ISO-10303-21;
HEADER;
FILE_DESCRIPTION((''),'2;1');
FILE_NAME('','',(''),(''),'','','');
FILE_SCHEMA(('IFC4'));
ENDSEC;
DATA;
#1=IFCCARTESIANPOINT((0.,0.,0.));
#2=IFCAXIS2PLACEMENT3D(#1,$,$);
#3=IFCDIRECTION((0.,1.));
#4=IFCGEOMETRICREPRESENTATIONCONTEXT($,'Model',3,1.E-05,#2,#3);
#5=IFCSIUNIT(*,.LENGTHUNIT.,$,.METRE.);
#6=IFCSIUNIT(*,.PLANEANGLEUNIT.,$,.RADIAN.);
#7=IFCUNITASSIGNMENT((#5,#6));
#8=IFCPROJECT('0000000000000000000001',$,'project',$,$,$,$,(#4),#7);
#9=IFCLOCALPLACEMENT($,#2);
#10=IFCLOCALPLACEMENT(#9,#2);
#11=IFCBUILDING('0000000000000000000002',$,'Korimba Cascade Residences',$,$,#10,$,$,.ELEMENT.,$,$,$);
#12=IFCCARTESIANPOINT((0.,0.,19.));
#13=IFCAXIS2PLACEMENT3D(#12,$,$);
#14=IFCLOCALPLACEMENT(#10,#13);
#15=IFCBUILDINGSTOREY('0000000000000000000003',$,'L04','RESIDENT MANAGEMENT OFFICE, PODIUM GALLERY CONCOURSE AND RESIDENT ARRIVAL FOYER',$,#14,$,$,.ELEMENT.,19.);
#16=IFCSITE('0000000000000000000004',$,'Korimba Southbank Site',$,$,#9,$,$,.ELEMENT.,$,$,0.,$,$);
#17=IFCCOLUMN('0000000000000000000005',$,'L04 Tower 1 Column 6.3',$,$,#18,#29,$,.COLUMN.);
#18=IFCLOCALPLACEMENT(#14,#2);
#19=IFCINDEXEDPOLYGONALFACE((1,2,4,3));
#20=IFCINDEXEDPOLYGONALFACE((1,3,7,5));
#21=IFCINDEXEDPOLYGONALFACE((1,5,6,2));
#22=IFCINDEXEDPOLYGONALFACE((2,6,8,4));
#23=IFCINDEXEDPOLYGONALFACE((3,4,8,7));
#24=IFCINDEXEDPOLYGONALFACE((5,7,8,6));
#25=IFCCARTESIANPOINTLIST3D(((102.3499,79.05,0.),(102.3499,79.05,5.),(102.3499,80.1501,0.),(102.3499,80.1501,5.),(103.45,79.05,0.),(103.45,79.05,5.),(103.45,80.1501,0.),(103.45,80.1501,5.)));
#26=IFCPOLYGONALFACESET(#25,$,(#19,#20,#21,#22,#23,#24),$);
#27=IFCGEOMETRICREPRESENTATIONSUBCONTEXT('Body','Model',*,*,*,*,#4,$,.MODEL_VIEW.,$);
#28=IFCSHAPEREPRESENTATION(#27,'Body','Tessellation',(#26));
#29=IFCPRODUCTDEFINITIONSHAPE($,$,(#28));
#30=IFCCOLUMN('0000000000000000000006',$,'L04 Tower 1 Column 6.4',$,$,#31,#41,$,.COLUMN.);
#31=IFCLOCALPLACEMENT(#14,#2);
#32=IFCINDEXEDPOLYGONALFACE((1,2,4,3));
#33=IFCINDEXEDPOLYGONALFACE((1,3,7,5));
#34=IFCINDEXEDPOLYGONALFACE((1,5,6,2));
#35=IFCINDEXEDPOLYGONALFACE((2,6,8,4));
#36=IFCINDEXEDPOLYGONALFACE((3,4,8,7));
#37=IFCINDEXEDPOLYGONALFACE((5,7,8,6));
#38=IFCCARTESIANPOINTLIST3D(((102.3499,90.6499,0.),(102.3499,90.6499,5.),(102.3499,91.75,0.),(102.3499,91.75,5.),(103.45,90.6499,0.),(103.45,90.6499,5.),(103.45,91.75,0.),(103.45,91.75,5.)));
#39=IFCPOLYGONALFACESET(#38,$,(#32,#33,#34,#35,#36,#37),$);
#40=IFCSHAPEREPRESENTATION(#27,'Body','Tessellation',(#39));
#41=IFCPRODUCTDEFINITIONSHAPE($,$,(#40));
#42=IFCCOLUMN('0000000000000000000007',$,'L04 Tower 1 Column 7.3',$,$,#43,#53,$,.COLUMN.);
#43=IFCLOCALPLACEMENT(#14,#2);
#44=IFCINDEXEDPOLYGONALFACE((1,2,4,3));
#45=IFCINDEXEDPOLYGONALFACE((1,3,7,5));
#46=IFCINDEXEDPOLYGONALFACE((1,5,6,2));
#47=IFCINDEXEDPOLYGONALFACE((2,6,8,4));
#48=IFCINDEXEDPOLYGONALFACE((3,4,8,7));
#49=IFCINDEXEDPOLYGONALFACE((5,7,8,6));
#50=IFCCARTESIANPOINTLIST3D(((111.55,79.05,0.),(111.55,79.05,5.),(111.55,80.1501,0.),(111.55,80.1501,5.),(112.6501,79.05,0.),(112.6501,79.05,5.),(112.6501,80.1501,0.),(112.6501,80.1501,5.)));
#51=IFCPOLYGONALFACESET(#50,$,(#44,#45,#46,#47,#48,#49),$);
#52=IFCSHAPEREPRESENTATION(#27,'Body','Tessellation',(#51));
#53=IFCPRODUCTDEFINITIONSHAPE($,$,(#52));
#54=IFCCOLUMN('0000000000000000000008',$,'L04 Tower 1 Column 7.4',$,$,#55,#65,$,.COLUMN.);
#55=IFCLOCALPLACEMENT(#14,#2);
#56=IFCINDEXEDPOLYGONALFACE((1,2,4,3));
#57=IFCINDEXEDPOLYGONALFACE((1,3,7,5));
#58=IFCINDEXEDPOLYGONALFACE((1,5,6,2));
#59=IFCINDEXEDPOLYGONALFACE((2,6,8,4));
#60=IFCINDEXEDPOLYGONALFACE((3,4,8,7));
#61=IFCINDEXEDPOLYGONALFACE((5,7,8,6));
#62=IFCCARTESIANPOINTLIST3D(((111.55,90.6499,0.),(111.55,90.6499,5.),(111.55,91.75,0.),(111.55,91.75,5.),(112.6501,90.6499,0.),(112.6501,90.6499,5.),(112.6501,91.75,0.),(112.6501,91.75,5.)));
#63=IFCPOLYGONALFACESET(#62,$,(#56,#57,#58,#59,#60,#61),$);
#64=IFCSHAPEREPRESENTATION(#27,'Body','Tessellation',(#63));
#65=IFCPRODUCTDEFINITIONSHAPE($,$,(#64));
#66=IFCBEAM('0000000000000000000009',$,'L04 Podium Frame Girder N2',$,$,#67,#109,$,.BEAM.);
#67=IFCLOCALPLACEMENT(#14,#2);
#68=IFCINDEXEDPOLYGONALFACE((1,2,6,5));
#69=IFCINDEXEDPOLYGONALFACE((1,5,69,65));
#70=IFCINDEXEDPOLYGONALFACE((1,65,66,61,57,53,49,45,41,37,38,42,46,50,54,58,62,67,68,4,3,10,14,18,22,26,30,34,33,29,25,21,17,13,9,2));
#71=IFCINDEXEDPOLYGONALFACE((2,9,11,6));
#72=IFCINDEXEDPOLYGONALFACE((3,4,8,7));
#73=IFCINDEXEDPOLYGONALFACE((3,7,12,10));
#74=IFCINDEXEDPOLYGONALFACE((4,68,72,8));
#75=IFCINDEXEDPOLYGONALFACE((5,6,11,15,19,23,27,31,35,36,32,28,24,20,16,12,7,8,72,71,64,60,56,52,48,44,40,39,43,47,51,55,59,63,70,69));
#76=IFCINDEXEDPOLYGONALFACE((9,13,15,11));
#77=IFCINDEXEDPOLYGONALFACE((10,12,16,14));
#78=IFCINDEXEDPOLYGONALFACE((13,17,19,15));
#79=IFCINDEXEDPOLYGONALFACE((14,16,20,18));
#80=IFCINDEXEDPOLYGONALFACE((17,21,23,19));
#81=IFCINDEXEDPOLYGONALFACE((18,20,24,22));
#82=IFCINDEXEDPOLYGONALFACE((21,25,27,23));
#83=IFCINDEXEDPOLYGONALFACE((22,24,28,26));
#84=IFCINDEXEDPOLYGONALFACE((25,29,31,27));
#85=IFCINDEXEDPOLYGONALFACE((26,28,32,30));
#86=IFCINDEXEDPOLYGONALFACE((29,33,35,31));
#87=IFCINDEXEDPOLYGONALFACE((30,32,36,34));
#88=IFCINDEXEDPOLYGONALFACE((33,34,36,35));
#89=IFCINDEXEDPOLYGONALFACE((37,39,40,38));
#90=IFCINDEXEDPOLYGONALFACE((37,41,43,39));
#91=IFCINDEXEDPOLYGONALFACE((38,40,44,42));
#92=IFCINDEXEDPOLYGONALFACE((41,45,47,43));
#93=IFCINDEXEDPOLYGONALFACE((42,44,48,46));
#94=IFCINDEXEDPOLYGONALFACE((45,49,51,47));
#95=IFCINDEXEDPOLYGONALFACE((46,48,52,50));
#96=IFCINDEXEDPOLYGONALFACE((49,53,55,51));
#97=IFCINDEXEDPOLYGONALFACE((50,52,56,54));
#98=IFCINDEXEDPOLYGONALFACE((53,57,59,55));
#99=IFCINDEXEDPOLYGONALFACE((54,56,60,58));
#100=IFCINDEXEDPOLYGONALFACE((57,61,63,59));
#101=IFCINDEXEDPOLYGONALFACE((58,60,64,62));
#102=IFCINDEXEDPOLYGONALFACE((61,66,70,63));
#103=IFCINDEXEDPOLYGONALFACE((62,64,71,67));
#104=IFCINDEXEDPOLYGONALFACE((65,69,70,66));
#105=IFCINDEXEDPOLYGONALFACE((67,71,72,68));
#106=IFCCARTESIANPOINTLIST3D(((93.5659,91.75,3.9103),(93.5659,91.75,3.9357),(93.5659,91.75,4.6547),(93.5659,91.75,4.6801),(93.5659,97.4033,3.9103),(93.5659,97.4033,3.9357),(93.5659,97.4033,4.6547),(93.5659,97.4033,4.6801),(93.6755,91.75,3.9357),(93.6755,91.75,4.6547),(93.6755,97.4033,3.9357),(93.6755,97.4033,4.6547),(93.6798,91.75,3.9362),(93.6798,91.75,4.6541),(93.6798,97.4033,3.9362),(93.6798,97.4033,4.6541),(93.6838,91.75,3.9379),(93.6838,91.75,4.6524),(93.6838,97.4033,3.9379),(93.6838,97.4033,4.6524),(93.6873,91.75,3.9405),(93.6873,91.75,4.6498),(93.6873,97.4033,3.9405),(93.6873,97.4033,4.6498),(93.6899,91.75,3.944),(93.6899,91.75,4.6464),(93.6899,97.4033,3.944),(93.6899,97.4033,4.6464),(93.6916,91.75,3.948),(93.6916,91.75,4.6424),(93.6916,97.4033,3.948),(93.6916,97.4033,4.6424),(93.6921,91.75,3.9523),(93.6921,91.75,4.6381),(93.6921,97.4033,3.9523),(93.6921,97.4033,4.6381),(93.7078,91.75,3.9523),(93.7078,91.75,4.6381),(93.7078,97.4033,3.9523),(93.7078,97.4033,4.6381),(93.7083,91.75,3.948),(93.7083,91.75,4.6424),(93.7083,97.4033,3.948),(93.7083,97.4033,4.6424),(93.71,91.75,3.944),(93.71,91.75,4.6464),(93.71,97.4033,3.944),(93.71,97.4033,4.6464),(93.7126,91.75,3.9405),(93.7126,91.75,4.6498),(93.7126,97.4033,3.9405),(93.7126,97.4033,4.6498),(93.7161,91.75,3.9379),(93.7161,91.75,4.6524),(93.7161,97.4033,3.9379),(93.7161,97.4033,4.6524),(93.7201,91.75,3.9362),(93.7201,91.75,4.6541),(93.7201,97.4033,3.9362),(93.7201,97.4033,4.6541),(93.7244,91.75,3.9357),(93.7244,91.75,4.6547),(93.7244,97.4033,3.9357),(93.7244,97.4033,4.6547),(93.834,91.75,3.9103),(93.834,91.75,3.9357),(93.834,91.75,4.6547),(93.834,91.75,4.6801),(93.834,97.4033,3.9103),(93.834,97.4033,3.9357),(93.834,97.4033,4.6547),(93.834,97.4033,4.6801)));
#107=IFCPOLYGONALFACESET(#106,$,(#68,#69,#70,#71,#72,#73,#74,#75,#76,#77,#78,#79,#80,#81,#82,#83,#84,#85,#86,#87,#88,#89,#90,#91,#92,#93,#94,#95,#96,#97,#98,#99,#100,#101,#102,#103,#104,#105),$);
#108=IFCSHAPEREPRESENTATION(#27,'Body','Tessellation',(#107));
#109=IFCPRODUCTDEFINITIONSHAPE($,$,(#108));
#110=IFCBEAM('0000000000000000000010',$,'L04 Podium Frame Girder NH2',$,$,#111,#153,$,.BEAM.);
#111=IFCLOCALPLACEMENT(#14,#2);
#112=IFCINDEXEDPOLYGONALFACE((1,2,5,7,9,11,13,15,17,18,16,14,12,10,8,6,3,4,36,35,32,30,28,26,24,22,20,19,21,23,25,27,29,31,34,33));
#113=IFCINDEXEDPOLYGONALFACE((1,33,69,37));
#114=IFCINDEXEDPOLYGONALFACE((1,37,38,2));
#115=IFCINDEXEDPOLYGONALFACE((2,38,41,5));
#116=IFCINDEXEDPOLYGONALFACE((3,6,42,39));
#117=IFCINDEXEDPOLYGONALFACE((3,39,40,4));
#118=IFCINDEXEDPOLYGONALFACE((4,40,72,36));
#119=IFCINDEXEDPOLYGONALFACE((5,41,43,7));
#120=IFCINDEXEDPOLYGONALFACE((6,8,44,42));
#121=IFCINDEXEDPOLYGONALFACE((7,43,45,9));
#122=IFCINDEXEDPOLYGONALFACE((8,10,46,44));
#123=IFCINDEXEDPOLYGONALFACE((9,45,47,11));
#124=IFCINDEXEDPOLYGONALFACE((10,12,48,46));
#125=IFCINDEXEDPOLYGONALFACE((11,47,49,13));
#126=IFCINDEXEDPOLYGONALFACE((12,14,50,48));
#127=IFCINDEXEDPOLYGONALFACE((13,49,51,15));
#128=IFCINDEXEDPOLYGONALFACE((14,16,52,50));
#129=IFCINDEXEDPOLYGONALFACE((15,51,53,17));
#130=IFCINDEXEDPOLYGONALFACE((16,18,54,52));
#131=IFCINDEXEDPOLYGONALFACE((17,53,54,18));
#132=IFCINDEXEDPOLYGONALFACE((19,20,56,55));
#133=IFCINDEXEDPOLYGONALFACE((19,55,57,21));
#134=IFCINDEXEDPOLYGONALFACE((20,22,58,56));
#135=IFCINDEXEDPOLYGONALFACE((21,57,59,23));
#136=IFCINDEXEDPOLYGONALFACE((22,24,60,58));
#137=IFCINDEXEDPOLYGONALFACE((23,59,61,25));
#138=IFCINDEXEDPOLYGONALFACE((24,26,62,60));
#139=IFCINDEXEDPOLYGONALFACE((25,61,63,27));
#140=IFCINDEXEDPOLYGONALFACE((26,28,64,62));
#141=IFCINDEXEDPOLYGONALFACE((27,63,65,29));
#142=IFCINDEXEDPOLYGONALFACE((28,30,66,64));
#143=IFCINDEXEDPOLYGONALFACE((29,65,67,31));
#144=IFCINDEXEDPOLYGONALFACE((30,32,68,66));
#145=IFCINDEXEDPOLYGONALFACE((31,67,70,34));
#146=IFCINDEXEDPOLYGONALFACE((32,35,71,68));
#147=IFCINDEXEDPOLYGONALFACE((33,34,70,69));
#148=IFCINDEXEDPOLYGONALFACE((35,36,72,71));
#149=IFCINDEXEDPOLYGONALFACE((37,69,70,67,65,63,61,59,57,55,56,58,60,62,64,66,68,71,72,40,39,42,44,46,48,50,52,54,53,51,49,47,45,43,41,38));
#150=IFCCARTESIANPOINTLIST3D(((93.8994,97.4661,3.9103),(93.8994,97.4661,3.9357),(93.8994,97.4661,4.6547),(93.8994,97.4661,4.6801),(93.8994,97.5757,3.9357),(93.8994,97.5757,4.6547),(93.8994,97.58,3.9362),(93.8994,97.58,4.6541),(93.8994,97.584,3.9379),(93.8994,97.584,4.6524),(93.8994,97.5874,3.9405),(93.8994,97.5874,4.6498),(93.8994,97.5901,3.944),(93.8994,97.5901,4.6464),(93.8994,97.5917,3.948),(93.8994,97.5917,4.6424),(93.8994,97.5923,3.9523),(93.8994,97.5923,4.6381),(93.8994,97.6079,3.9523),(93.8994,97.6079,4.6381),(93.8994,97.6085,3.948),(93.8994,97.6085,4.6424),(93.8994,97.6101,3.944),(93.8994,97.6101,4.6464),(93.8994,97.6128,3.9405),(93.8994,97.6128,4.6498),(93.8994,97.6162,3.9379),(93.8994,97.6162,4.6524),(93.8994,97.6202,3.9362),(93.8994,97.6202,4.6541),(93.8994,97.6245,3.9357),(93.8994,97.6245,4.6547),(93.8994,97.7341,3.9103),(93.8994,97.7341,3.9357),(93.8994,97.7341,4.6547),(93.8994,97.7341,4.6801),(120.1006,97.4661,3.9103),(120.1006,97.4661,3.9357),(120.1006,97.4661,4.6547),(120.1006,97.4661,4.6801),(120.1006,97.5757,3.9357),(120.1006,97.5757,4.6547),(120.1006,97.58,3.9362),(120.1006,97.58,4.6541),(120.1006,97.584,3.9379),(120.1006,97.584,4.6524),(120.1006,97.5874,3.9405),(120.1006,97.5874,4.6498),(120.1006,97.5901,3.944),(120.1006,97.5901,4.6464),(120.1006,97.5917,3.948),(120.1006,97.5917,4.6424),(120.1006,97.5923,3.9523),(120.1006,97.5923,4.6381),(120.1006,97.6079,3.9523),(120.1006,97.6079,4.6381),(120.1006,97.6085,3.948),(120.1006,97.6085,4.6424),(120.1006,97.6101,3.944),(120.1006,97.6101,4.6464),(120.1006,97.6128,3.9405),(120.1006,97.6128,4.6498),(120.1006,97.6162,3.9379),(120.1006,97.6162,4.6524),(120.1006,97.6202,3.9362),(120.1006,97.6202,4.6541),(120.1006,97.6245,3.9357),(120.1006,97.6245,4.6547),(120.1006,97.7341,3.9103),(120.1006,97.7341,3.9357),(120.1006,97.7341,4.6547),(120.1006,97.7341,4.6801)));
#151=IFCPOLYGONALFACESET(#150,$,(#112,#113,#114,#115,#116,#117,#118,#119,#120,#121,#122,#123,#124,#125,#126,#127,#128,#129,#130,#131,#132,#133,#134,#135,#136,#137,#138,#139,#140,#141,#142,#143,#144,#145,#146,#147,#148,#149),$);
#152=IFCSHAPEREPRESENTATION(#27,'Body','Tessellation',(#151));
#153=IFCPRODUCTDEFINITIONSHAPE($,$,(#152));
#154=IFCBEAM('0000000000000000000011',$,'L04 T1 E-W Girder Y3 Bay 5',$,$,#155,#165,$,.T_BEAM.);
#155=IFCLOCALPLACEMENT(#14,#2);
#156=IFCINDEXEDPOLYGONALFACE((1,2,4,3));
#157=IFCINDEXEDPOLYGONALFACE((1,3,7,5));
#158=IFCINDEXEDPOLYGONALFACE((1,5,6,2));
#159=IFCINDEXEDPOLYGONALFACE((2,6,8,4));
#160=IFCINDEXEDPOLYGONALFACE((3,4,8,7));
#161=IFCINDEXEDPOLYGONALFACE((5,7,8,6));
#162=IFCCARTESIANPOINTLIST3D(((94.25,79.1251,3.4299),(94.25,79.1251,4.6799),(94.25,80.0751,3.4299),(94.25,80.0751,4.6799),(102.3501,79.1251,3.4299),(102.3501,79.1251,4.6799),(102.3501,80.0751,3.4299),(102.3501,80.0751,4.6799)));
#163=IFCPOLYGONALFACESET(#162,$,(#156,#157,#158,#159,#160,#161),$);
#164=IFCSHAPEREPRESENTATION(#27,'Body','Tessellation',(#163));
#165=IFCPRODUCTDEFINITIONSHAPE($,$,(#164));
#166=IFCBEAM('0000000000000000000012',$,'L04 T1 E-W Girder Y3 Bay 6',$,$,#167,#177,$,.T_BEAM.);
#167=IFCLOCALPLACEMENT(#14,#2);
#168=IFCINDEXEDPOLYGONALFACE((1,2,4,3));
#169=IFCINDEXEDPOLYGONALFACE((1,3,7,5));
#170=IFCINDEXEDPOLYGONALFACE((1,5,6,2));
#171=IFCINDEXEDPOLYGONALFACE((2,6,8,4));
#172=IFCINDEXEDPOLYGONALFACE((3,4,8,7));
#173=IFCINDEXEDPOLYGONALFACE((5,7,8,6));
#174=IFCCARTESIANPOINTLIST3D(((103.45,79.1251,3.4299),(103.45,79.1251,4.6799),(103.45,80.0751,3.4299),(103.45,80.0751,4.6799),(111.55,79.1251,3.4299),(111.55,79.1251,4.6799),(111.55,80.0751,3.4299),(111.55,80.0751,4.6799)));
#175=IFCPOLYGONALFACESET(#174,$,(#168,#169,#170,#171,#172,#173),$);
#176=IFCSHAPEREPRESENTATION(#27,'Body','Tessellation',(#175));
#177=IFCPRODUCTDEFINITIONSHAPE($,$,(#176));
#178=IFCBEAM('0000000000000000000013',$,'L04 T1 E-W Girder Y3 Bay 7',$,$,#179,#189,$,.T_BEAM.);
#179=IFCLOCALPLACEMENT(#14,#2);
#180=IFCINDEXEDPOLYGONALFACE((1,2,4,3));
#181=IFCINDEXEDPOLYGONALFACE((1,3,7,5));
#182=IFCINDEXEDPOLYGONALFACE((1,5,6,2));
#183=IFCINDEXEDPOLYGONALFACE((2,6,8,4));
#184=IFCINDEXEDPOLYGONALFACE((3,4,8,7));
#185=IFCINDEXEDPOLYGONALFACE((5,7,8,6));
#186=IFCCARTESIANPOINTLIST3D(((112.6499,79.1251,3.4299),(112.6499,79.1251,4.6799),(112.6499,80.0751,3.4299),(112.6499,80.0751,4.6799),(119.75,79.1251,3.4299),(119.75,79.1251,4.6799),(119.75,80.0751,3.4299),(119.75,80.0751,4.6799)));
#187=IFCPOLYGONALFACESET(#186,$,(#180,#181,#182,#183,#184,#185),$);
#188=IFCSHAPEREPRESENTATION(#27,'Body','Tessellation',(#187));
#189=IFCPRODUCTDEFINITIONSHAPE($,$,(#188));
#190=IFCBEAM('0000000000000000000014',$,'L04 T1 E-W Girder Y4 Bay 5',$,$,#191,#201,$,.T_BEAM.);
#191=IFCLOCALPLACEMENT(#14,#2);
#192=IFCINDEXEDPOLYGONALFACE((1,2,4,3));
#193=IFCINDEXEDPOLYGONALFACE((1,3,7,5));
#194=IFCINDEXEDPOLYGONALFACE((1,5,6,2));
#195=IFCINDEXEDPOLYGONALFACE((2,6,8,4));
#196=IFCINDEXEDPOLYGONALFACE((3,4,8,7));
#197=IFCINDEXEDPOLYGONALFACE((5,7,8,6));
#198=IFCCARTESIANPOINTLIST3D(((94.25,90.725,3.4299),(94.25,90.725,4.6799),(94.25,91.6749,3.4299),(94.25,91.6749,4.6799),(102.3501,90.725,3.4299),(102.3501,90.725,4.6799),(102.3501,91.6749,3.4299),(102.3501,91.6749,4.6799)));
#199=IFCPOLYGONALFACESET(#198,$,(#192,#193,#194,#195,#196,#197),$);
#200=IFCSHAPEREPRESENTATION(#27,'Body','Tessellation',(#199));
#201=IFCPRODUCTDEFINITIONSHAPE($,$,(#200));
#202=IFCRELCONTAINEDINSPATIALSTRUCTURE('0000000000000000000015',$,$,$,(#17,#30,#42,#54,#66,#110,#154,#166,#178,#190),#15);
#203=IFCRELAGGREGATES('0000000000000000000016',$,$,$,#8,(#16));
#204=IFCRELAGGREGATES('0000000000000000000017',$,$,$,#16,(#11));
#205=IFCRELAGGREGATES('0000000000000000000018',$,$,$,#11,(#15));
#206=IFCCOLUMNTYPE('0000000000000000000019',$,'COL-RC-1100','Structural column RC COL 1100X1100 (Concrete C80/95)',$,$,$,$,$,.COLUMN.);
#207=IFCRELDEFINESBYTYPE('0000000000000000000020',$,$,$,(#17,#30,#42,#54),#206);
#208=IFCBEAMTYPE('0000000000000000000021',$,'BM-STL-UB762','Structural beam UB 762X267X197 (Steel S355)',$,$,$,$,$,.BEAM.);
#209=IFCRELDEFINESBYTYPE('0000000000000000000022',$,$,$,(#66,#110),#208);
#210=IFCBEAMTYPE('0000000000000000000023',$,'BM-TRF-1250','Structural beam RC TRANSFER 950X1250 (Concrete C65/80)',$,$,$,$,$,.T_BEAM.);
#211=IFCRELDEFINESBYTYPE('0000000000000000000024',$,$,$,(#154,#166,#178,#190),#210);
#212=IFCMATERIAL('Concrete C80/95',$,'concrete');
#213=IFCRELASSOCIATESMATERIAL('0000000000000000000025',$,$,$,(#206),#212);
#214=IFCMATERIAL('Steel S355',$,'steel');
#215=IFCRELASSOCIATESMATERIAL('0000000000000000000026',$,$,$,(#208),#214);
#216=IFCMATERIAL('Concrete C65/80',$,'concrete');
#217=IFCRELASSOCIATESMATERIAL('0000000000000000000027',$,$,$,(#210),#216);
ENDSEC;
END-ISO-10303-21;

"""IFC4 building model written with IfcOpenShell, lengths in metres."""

from ifc_helpers import new_model, si_unit, direction, frame, origin, origin_2d, place, context, subcontext, project, spatial, rectangle, i_section, extrude, material, material_profile, profile_set, type_object, element, save


model = new_model("IFC4")

# Units and contexts
model_context = context("Model", 3, precision=1e-05, world=origin(), true_north=direction((0.0, 1.0)))
body_context = subcontext(model_context, "Body", "Model", "MODEL_VIEW")
ifc_project = project(units=[si_unit("LENGTHUNIT", "METRE"), si_unit("PLANEANGLEUNIT", "RADIAN")], contexts=[model_context])

# Site, building, storey
site_placement = place(None, origin())
site = spatial("IfcSite", under=ifc_project, at=site_placement, Name="Korimba Southbank Site", CompositionType="ELEMENT", RefElevation=0.0)
building_placement = place(site_placement, origin())
building = spatial("IfcBuilding", under=site, at=building_placement, Name="Korimba Cascade Residences", CompositionType="ELEMENT")
storey_placement = place(building_placement, frame((0.0, 0.0, 19.0)))
storey = spatial("IfcBuildingStorey", under=building, at=storey_placement, Name="L04", Description="RESIDENT MANAGEMENT OFFICE, PODIUM GALLERY CONCOURSE AND RESIDENT ARRIVAL FOYER", CompositionType="ELEMENT", Elevation=19.0)

# Columns
ifc_material_1 = material(Name="Concrete C80/95", Category="concrete")
ifc_material_profile_1 = material_profile(ifc_material_1, rectangle(XDim=1.1001, YDim=1.1001, at=origin_2d()), Name="Concrete C80/95")
ifc_profile_set_1 = profile_set([ifc_material_profile_1], Name="Concrete C80/95")
column_type = type_object("IfcColumnType", Name="COL-RC-1100", Description="Structural column RC COL 1100X1100 (Concrete C80/95)", PredefinedType="COLUMN", material=ifc_profile_set_1)
for number, where, z_axis, x_axis, name in (
    (1, (102.8999, 79.6001, 0.0), (0.0, 0.0, 1.0), (1.0, 0.0, 0.0), "L04 Tower 1 Column 6.3"),
    (2, (102.8999, 91.2, 0.0), (0.0, 0.0, 1.0), (1.0, 0.0, 0.0), "L04 Tower 1 Column 6.4"),
    (3, (112.1001, 79.6001, 0.0), (0.0, 0.0, 1.0), (1.0, 0.0, 0.0), "L04 Tower 1 Column 7.3"),
    (4, (112.1001, 91.2, 0.0), (0.0, 0.0, 1.0), (1.0, 0.0, 0.0), "L04 Tower 1 Column 7.4"),
):
    element("IfcColumn", number, at=place(storey_placement, frame(where, z_axis=z_axis, x_axis=x_axis)), inside=storey, type_object=column_type, Name=name, PredefinedType="COLUMN", context=body_context, shape_type="SweptSolid", body=[
        extrude(rectangle(XDim=1.1001, YDim=1.1001, at=origin_2d()), origin(), (0.0, 0.0, 1.0), 5.0),
    ])

# Beams
ifc_material_2 = material(Name="Steel S355", Category="steel")
ifc_material_profile_2 = material_profile(ifc_material_2, i_section(OverallWidth=0.2681, OverallDepth=0.7698, WebThickness=0.0156, FlangeThickness=0.0254, FilletRadius=0.0166, at=origin_2d()), Name="Steel S355")
ifc_profile_set_2 = profile_set([ifc_material_profile_2], Name="Steel S355")
beam_type_1 = type_object("IfcBeamType", Name="BM-STL-UB762", Description="Structural beam UB 762X267X197 (Steel S355)", PredefinedType="BEAM", material=ifc_profile_set_2)
beam_1_placement = place(storey_placement, frame((93.7, 91.75, 4.2952), z_axis=(0.0, 1.0, 0.0), x_axis=(-1.0, 0.0, 0.0)))
element("IfcBeam", 5, at=beam_1_placement, inside=storey, type_object=beam_type_1, Name="L04 Podium Frame Girder N2", PredefinedType="BEAM", context=body_context, shape_type="SweptSolid", body=[
    extrude(i_section(OverallWidth=0.2681, OverallDepth=0.7698, WebThickness=0.0156, FlangeThickness=0.0254, FilletRadius=0.0166, at=origin_2d()), origin(), (0.0, 0.0, 1.0), 5.6533),
])
beam_2_placement = place(storey_placement, frame((93.8994, 97.6001, 4.2952), z_axis=(1.0, 0.0, 0.0), x_axis=(0.0, 1.0, 0.0)))
element("IfcBeam", 6, at=beam_2_placement, inside=storey, type_object=beam_type_1, Name="L04 Podium Frame Girder NH2", PredefinedType="BEAM", context=body_context, shape_type="SweptSolid", body=[
    extrude(i_section(OverallWidth=0.2681, OverallDepth=0.7698, WebThickness=0.0156, FlangeThickness=0.0254, FilletRadius=0.0166, at=origin_2d()), origin(), (0.0, 0.0, 1.0), 26.2012),
])
ifc_material_3 = material(Name="Concrete C65/80", Category="concrete")
ifc_material_profile_3 = material_profile(ifc_material_3, rectangle(XDim=0.95, YDim=1.25, at=origin_2d()), Name="Concrete C65/80")
ifc_profile_set_3 = profile_set([ifc_material_profile_3], Name="Concrete C65/80")
beam_type_2 = type_object("IfcBeamType", Name="BM-TRF-1250", Description="Structural beam RC TRANSFER 950X1250 (Concrete C65/80)", PredefinedType="T_BEAM", material=ifc_profile_set_3)
for number, where, z_axis, x_axis, name in (
    (7, (94.25, 79.6001, 4.0549), (1.0, 0.0, 0.0), (0.0, 1.0, 0.0), "L04 T1 E-W Girder Y3 Bay 5"),
    (8, (103.45, 79.6001, 4.0549), (1.0, 0.0, 0.0), (0.0, 1.0, 0.0), "L04 T1 E-W Girder Y3 Bay 6"),
):
    element("IfcBeam", number, at=place(storey_placement, frame(where, z_axis=z_axis, x_axis=x_axis)), inside=storey, type_object=beam_type_2, Name=name, PredefinedType="T_BEAM", context=body_context, shape_type="SweptSolid", body=[
        extrude(rectangle(XDim=0.95, YDim=1.25, at=origin_2d()), origin(), (0.0, 0.0, 1.0), 8.1001),
    ])
beam_3_placement = place(storey_placement, frame((112.6499, 79.6001, 4.0549), z_axis=(1.0, 0.0, 0.0), x_axis=(0.0, 1.0, 0.0)))
element("IfcBeam", 9, at=beam_3_placement, inside=storey, type_object=beam_type_2, Name="L04 T1 E-W Girder Y3 Bay 7", PredefinedType="T_BEAM", context=body_context, shape_type="SweptSolid", body=[
    extrude(rectangle(XDim=0.95, YDim=1.25, at=origin_2d()), origin(), (0.0, 0.0, 1.0), 7.1001),
])
for number, where, z_axis, x_axis, name in (
    (10, (94.25, 91.2, 4.0549), (1.0, 0.0, 0.0), (0.0, 1.0, 0.0), "L04 T1 E-W Girder Y4 Bay 5"),
):
    element("IfcBeam", number, at=place(storey_placement, frame(where, z_axis=z_axis, x_axis=x_axis)), inside=storey, type_object=beam_type_2, Name=name, PredefinedType="T_BEAM", context=body_context, shape_type="SweptSolid", body=[
        extrude(rectangle(XDim=0.95, YDim=1.25, at=origin_2d()), origin(), (0.0, 0.0, 1.0), 8.1001),
    ])

save(model, "model.ifc")
